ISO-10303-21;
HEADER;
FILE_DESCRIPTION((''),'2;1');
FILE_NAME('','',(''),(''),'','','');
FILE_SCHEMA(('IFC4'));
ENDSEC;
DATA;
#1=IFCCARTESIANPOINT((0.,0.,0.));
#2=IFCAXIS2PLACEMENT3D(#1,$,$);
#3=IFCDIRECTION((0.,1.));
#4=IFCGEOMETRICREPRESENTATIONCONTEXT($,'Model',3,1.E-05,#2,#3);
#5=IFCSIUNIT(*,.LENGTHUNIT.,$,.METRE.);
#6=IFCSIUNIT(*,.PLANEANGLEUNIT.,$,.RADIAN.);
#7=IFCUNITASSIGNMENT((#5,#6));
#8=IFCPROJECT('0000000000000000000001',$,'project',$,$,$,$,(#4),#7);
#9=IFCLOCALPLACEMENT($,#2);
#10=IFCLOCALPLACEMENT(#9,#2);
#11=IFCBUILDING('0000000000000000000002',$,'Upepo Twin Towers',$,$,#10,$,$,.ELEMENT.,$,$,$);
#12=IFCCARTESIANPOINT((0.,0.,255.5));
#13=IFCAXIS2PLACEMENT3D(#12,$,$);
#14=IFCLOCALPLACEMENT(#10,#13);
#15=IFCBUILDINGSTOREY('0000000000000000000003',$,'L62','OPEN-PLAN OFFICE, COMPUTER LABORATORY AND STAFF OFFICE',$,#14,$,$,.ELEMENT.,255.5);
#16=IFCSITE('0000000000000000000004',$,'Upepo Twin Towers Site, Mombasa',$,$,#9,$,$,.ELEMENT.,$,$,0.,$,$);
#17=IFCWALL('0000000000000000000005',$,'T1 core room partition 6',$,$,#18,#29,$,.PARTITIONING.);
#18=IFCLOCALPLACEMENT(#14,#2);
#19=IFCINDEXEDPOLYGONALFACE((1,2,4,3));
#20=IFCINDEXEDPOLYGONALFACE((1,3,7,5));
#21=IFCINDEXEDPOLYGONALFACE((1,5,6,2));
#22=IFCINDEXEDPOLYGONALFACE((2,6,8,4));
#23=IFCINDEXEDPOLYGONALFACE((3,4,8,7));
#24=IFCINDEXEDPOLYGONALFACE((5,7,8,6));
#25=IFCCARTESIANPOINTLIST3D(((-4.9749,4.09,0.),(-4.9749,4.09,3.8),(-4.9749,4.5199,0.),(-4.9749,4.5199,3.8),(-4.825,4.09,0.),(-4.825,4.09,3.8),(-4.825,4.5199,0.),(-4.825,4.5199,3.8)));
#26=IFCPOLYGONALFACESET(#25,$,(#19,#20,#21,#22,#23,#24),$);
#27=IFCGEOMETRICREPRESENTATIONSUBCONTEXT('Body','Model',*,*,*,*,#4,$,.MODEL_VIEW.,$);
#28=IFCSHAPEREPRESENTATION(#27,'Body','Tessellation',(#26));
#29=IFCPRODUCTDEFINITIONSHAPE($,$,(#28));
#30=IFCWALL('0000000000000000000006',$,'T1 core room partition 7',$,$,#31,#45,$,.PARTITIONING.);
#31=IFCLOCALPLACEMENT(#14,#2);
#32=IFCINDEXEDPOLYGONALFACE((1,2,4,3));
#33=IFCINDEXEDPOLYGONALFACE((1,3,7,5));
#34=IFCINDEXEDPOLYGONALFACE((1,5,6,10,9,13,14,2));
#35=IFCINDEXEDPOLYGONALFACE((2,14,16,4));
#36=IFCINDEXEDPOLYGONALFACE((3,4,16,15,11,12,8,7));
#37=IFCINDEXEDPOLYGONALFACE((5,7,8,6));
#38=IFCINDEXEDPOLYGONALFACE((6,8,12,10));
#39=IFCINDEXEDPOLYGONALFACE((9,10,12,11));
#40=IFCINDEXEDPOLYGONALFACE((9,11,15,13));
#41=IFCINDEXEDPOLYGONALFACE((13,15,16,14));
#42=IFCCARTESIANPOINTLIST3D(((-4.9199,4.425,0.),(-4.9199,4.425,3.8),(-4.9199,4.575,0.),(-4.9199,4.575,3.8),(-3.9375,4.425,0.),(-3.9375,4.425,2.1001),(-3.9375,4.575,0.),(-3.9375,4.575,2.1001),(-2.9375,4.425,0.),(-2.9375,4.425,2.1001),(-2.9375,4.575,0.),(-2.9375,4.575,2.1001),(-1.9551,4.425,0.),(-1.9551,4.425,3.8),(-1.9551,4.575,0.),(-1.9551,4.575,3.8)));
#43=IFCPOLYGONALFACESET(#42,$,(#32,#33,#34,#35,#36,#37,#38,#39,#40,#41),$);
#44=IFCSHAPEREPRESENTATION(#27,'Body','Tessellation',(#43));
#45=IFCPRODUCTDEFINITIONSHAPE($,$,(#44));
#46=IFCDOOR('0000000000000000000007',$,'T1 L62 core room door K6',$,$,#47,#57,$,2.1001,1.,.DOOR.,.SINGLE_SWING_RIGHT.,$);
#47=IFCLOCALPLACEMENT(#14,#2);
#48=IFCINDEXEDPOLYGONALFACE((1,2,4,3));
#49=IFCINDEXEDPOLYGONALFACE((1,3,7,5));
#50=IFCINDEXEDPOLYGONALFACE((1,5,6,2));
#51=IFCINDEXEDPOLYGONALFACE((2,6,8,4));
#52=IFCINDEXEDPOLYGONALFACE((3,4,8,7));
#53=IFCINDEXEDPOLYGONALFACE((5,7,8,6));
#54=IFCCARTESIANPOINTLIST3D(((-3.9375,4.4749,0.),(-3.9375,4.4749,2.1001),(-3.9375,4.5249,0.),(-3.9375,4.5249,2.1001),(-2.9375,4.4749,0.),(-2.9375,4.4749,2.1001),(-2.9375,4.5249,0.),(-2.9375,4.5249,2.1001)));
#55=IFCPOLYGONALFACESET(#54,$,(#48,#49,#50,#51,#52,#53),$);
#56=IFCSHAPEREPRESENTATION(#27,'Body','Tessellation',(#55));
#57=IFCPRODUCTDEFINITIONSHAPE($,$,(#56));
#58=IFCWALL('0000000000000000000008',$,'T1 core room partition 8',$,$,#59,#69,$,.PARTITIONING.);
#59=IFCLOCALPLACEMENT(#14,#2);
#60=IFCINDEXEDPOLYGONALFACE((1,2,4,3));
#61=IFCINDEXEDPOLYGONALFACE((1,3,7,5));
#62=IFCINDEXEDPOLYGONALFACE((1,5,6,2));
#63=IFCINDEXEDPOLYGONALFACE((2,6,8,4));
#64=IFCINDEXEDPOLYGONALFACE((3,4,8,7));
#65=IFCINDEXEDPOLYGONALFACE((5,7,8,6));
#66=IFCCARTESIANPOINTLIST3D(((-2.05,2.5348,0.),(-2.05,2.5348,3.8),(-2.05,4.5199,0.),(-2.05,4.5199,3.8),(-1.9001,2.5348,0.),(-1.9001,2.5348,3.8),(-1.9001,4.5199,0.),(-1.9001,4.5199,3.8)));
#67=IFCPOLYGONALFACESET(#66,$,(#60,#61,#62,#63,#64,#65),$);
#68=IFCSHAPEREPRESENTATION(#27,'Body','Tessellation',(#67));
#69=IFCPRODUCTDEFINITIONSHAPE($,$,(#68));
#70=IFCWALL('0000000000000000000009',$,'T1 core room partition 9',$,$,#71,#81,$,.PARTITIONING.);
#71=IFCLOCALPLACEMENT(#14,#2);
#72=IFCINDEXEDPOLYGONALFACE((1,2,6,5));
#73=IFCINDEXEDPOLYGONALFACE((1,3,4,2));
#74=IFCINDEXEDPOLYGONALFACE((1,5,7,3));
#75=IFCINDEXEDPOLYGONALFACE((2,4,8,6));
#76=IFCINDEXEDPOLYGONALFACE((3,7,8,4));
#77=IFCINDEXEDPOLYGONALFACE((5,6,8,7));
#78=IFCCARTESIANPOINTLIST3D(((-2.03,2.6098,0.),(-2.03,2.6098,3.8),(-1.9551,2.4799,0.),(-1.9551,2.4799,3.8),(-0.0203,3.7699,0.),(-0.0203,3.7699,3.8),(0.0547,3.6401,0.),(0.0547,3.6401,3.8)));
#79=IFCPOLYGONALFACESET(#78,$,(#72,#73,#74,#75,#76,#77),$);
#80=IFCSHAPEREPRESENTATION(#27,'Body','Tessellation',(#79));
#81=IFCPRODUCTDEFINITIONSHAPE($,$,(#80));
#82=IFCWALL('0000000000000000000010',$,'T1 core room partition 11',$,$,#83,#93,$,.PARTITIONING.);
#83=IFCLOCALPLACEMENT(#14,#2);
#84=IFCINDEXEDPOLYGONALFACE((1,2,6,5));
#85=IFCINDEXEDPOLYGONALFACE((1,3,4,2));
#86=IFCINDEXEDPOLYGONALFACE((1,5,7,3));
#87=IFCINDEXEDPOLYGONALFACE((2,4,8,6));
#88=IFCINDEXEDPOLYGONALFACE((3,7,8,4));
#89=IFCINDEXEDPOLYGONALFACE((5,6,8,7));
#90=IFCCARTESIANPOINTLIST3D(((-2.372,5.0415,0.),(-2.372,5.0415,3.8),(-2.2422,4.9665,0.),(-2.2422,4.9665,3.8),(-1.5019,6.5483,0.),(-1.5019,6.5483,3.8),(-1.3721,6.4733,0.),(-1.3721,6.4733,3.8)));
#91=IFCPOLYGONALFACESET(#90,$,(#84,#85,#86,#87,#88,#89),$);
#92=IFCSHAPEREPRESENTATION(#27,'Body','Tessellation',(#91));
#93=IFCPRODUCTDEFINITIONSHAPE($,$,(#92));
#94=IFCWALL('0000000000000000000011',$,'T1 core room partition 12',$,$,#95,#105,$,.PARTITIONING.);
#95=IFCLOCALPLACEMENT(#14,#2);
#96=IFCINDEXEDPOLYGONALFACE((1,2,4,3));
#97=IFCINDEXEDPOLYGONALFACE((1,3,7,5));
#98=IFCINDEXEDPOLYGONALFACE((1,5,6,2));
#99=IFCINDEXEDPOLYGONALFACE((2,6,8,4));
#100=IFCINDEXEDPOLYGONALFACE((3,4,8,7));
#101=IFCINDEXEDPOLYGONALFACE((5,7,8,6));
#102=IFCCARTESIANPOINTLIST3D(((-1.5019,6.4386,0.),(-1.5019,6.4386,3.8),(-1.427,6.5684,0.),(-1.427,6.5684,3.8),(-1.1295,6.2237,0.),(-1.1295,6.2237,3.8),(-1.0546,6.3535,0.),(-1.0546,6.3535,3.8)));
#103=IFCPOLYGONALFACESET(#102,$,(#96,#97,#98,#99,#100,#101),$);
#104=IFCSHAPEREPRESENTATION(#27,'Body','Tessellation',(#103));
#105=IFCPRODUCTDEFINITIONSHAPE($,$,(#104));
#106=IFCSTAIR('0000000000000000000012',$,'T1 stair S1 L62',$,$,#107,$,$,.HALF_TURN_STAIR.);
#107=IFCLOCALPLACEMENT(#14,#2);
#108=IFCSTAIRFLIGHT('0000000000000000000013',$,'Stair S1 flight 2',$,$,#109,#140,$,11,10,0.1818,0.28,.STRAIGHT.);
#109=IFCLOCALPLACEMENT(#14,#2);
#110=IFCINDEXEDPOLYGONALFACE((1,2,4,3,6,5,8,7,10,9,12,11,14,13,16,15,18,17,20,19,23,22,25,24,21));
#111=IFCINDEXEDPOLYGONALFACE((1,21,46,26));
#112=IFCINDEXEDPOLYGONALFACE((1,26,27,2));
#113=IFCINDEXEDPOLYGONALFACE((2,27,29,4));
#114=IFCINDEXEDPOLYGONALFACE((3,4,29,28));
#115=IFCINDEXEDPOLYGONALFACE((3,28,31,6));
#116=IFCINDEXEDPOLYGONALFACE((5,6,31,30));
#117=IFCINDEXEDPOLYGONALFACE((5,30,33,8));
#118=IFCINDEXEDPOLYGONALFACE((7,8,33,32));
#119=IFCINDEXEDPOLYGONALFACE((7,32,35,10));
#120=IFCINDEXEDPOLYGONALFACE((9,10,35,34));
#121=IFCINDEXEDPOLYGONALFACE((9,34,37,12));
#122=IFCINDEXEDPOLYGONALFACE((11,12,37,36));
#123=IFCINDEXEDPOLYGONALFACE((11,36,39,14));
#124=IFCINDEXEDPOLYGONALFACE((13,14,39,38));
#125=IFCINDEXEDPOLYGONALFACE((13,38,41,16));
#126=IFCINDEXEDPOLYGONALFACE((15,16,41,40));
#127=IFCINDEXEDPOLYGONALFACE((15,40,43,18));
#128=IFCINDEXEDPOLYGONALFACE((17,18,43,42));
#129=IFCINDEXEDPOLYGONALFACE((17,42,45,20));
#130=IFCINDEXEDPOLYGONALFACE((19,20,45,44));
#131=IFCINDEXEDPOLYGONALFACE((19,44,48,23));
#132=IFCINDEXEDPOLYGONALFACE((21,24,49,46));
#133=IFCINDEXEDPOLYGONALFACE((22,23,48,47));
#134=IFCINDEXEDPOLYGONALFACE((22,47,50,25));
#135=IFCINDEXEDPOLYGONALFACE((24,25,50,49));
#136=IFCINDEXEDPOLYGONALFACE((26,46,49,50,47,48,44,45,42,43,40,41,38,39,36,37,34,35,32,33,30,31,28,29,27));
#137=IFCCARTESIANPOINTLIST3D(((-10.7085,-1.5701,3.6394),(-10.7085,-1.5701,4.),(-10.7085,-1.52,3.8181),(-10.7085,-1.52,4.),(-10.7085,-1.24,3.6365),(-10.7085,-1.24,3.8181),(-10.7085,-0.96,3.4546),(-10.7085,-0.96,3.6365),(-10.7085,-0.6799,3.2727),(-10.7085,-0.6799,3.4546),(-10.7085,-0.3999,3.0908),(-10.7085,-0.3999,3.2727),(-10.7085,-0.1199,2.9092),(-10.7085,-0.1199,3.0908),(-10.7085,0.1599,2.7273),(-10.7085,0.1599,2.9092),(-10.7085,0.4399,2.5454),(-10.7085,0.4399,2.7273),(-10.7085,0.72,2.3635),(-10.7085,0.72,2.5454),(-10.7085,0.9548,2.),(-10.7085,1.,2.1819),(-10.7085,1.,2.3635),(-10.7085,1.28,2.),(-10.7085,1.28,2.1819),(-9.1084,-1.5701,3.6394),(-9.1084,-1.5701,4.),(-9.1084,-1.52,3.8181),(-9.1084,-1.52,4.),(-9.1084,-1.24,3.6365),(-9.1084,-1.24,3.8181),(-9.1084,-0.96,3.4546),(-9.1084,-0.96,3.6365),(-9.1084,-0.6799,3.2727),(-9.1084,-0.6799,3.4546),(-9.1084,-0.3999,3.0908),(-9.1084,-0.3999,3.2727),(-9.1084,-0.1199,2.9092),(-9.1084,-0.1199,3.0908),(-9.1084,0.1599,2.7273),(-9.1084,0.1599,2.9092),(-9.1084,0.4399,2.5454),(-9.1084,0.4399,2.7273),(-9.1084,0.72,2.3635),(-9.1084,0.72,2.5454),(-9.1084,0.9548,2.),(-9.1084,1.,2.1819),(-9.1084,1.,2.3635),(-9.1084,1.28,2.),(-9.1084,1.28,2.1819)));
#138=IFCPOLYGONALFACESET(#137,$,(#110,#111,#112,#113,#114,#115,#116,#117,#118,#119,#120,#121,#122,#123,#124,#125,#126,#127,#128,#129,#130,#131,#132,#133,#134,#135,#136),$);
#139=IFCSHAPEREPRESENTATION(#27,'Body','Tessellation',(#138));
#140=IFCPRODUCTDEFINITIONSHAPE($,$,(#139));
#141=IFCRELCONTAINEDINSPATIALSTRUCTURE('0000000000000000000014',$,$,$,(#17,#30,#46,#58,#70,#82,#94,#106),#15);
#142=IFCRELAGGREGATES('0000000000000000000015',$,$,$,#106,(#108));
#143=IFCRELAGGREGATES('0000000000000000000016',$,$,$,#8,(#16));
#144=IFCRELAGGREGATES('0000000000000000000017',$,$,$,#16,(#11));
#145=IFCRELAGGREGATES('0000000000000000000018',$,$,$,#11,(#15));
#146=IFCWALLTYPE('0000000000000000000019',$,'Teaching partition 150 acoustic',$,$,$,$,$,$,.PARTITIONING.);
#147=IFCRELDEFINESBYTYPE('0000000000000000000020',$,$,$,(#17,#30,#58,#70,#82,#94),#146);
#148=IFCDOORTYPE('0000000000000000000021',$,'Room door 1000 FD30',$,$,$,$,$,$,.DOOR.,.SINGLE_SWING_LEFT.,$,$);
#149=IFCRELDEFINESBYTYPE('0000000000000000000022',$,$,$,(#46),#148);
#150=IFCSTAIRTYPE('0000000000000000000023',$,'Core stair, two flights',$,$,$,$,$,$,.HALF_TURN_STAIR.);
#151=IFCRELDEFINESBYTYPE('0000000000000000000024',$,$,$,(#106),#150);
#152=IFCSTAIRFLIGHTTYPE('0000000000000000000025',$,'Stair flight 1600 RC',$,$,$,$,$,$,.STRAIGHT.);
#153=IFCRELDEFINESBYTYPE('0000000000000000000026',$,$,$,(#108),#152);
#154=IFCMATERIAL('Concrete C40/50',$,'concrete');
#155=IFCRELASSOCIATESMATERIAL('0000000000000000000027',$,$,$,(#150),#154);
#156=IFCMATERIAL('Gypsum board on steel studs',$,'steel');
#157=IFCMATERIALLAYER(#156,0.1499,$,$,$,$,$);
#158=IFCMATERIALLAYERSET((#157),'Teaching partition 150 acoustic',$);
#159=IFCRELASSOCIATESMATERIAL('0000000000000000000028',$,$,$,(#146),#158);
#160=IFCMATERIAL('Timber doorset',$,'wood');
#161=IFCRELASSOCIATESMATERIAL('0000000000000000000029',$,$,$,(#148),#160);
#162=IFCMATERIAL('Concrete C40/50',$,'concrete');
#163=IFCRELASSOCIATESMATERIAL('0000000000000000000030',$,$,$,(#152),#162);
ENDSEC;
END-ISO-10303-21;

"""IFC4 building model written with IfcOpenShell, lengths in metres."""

from ifc_helpers import new_model, si_unit, direction, frame, frame_2d, origin, place, context, subcontext, project, spatial, polyline, rectangle, outline, extrude, material, layer, layer_set, type_object, element, fill, aggregate, save


model = new_model("IFC4")

# Units and contexts
model_context = context("Model", 3, precision=1e-05, world=origin(), true_north=direction((0.0, 1.0)))
body_context = subcontext(model_context, "Body", "Model", "MODEL_VIEW")
ifc_project = project(units=[si_unit("LENGTHUNIT", "METRE"), si_unit("PLANEANGLEUNIT", "RADIAN")], contexts=[model_context])

# Site, building, storey
site_placement = place(None, origin())
site = spatial("IfcSite", under=ifc_project, at=site_placement, Name="Upepo Twin Towers Site, Mombasa", CompositionType="ELEMENT", RefElevation=0.0)
building_placement = place(site_placement, origin())
building = spatial("IfcBuilding", under=site, at=building_placement, Name="Upepo Twin Towers", CompositionType="ELEMENT")
storey_placement = place(building_placement, frame((0.0, 0.0, 255.5)))
storey = spatial("IfcBuildingStorey", under=building, at=storey_placement, Name="L62", Description="OPEN-PLAN OFFICE, COMPUTER LABORATORY AND STAFF OFFICE", CompositionType="ELEMENT", Elevation=255.5)

# Shared definitions
ifc_material_1 = material(Name="Concrete C40/50", Category="concrete")
stair_type = type_object("IfcStairType", Name="Core stair, two flights", PredefinedType="HALF_TURN_STAIR", material=ifc_material_1)

# Wall
ifc_material_2 = material(Name="Gypsum board on steel studs", Category="steel")
ifc_layer_1 = layer(ifc_material_2, 0.1499)
ifc_layer_set_1 = layer_set([ifc_layer_1], Name="Teaching partition 150 acoustic")
wall_type_1 = type_object("IfcWallType", Name="Teaching partition 150 acoustic", PredefinedType="PARTITIONING", material=ifc_layer_set_1)
wall_1_placement = place(storey_placement, frame((-4.8999, 4.0901, 0.0), z_axis=(0.0, 0.0, 1.0), x_axis=(0.0, 1.0, 0.0)))
element("IfcWall", 1, at=wall_1_placement, inside=storey, type_object=wall_type_1, Name="T1 core room partition 6", PredefinedType="PARTITIONING", context=body_context, shape_type="SweptSolid", body=[
    extrude(rectangle(XDim=0.4299, YDim=0.1499, at=frame_2d((0.2148, 0.0))), origin(), (0.0, 0.0, 1.0), 3.8),
])

# Wall, opening, door
wall_2_placement = place(storey_placement, frame((-4.9199, 4.5, 0.0), z_axis=(0.0, 0.0, 1.0), x_axis=(1.0, 0.0, 0.0)))
wall_2 = element("IfcWall", 2, at=wall_2_placement, inside=storey, type_object=wall_type_1, Name="T1 core room partition 7", PredefinedType="PARTITIONING", context=body_context, shape_type="SweptSolid", body=[
    extrude(rectangle(XDim=2.9648, YDim=0.1499, at=frame_2d((1.4824, 0.0))), origin(), (0.0, 0.0, 1.0), 3.8),
])
opening_1_placement = place(wall_2_placement, frame((0.9824, 0.0, 0.0)))
opening_1 = element("IfcOpeningElement", 3, at=opening_1_placement, cuts=wall_2, PredefinedType="OPENING", context=body_context, shape_type="SweptSolid", body=[
    extrude(rectangle(XDim=1.0, YDim=2.1001, at=frame_2d((0.5, 1.05))), frame((0.0, 0.085, 0.0), z_axis=(0.0, -1.0, 0.0), x_axis=(1.0, 0.0, 0.0)), (0.0, 0.0, 1.0), 0.1699),
])
ifc_material_3 = material(Name="Timber doorset", Category="wood")
door_type_1 = type_object("IfcDoorType", Name="Room door 1000 FD30", OperationType="SINGLE_SWING_LEFT", PredefinedType="DOOR", material=ifc_material_3)
door_1_placement = place(opening_1_placement, origin())
door_1 = element("IfcDoor", 4, at=door_1_placement, inside=storey, type_object=door_type_1, Name="T1 L62 core room door K6", OperationType="SINGLE_SWING_RIGHT", OverallHeight=2.1001, OverallWidth=1.0, PredefinedType="DOOR", context=body_context, shape_type="SweptSolid", body=[
    extrude(rectangle(XDim=1.0, YDim=2.1001, at=frame_2d((0.5, 1.05))), frame((0.0, 0.0249, 0.0), z_axis=(0.0, -1.0, 0.0), x_axis=(1.0, 0.0, 0.0)), (0.0, 0.0, 1.0), 0.05),
])
fill(opening_1, door_1)

# Walls
wall_3_placement = place(storey_placement, frame((-1.9751, 4.52, 0.0), z_axis=(0.0, 0.0, 1.0), x_axis=(0.0, -1.0, 0.0)))
element("IfcWall", 5, at=wall_3_placement, inside=storey, type_object=wall_type_1, Name="T1 core room partition 8", PredefinedType="PARTITIONING", context=body_context, shape_type="SweptSolid", body=[
    extrude(rectangle(XDim=1.9851, YDim=0.1499, at=frame_2d((0.9927, 0.0))), origin(), (0.0, 0.0, 1.0), 3.8),
])
wall_4_placement = place(storey_placement, frame((-1.9924, 2.5449, 0.0), z_axis=(0.0, 0.0, 1.0), x_axis=(0.866059, 0.499941, 0.0)))
element("IfcWall", 6, at=wall_4_placement, inside=storey, type_object=wall_type_1, Name="T1 core room partition 9", PredefinedType="PARTITIONING", context=body_context, shape_type="SweptSolid", body=[
    extrude(rectangle(XDim=2.3206, YDim=0.1499, at=frame_2d((1.1602, 0.0))), origin(), (0.0, 0.0, 1.0), 3.8),
])
wall_5_placement = place(storey_placement, frame((-2.3071, 5.0039, 0.0), z_axis=(0.0, 0.0, 1.0), x_axis=(0.500063, 0.865989, 0.0)))
element("IfcWall", 7, at=wall_5_placement, inside=storey, type_object=wall_type_1, Name="T1 core room partition 11", PredefinedType="PARTITIONING", context=body_context, shape_type="SweptSolid", body=[
    extrude(rectangle(XDim=1.74, YDim=0.1499, at=frame_2d((0.8701, 0.0))), origin(), (0.0, 0.0, 1.0), 3.8),
])
wall_6_placement = place(storey_placement, frame((-1.4644, 6.5034, 0.0), z_axis=(0.0, 0.0, 1.0), x_axis=(0.866138, -0.499804, 0.0)))
element("IfcWall", 8, at=wall_6_placement, inside=storey, type_object=wall_type_1, Name="T1 core room partition 12", PredefinedType="PARTITIONING", context=body_context, shape_type="SweptSolid", body=[
    extrude(rectangle(XDim=0.4299, YDim=0.1499, at=frame_2d((0.2148, 0.0))), origin(), (0.0, 0.0, 1.0), 3.8),
])

# Stair, stair flight
stair_1_placement = place(storey_placement, origin())
stair_1 = element("IfcStair", 9, at=stair_1_placement, inside=storey, type_object=stair_type, Name="T1 stair S1 L62", PredefinedType="HALF_TURN_STAIR")
ifc_material_4 = material(Name="Concrete C40/50", Category="concrete")
stair_flight_type = type_object("IfcStairFlightType", Name="Stair flight 1600 RC", PredefinedType="STRAIGHT", material=ifc_material_4)
stair_flight_placement = place(storey_placement, frame((-9.9084, 1.28, 2.0), z_axis=(0.0, 0.0, 1.0), x_axis=(0.0, -1.0, 0.0)))
stair_flight = element("IfcStairFlight", 10, at=stair_flight_placement, type_object=stair_flight_type, Name="Stair S1 flight 2", NumberOfRisers=11, NumberOfTreads=10, PredefinedType="STRAIGHT", RiserHeight=0.1818, TreadLength=0.28, context=body_context, shape_type="SweptSolid", body=[
    extrude(outline(polyline([(0.0, 0.0), (0.0, 0.1819), (0.28, 0.1819), (0.28, 0.3635), (0.5601, 0.3635), (0.5601, 0.5454), (0.8401, 0.5454), (0.8401, 0.7273), (1.1201, 0.7273), (1.1201, 0.9092), (1.3999, 0.9092), (1.3999, 1.0908), (1.6799, 1.0908), (1.6799, 1.2727), (1.96, 1.2727), (1.96, 1.4546), (2.24, 1.4546), (2.24, 1.6365), (2.52, 1.6365), (2.52, 1.8181), (2.8, 1.8181), (2.8, 2.0), (2.8501, 2.0), (2.8501, 1.6394), (0.3252, 0.0), (0.0, 0.0)])), frame((0.0, 0.8, 0.0), z_axis=(0.0, -1.0, 0.0), x_axis=(1.0, 0.0, 0.0)), (0.0, 0.0, 1.0), 1.6001),
])
aggregate(stair_1, [stair_flight])

save(model, "model.ifc")
